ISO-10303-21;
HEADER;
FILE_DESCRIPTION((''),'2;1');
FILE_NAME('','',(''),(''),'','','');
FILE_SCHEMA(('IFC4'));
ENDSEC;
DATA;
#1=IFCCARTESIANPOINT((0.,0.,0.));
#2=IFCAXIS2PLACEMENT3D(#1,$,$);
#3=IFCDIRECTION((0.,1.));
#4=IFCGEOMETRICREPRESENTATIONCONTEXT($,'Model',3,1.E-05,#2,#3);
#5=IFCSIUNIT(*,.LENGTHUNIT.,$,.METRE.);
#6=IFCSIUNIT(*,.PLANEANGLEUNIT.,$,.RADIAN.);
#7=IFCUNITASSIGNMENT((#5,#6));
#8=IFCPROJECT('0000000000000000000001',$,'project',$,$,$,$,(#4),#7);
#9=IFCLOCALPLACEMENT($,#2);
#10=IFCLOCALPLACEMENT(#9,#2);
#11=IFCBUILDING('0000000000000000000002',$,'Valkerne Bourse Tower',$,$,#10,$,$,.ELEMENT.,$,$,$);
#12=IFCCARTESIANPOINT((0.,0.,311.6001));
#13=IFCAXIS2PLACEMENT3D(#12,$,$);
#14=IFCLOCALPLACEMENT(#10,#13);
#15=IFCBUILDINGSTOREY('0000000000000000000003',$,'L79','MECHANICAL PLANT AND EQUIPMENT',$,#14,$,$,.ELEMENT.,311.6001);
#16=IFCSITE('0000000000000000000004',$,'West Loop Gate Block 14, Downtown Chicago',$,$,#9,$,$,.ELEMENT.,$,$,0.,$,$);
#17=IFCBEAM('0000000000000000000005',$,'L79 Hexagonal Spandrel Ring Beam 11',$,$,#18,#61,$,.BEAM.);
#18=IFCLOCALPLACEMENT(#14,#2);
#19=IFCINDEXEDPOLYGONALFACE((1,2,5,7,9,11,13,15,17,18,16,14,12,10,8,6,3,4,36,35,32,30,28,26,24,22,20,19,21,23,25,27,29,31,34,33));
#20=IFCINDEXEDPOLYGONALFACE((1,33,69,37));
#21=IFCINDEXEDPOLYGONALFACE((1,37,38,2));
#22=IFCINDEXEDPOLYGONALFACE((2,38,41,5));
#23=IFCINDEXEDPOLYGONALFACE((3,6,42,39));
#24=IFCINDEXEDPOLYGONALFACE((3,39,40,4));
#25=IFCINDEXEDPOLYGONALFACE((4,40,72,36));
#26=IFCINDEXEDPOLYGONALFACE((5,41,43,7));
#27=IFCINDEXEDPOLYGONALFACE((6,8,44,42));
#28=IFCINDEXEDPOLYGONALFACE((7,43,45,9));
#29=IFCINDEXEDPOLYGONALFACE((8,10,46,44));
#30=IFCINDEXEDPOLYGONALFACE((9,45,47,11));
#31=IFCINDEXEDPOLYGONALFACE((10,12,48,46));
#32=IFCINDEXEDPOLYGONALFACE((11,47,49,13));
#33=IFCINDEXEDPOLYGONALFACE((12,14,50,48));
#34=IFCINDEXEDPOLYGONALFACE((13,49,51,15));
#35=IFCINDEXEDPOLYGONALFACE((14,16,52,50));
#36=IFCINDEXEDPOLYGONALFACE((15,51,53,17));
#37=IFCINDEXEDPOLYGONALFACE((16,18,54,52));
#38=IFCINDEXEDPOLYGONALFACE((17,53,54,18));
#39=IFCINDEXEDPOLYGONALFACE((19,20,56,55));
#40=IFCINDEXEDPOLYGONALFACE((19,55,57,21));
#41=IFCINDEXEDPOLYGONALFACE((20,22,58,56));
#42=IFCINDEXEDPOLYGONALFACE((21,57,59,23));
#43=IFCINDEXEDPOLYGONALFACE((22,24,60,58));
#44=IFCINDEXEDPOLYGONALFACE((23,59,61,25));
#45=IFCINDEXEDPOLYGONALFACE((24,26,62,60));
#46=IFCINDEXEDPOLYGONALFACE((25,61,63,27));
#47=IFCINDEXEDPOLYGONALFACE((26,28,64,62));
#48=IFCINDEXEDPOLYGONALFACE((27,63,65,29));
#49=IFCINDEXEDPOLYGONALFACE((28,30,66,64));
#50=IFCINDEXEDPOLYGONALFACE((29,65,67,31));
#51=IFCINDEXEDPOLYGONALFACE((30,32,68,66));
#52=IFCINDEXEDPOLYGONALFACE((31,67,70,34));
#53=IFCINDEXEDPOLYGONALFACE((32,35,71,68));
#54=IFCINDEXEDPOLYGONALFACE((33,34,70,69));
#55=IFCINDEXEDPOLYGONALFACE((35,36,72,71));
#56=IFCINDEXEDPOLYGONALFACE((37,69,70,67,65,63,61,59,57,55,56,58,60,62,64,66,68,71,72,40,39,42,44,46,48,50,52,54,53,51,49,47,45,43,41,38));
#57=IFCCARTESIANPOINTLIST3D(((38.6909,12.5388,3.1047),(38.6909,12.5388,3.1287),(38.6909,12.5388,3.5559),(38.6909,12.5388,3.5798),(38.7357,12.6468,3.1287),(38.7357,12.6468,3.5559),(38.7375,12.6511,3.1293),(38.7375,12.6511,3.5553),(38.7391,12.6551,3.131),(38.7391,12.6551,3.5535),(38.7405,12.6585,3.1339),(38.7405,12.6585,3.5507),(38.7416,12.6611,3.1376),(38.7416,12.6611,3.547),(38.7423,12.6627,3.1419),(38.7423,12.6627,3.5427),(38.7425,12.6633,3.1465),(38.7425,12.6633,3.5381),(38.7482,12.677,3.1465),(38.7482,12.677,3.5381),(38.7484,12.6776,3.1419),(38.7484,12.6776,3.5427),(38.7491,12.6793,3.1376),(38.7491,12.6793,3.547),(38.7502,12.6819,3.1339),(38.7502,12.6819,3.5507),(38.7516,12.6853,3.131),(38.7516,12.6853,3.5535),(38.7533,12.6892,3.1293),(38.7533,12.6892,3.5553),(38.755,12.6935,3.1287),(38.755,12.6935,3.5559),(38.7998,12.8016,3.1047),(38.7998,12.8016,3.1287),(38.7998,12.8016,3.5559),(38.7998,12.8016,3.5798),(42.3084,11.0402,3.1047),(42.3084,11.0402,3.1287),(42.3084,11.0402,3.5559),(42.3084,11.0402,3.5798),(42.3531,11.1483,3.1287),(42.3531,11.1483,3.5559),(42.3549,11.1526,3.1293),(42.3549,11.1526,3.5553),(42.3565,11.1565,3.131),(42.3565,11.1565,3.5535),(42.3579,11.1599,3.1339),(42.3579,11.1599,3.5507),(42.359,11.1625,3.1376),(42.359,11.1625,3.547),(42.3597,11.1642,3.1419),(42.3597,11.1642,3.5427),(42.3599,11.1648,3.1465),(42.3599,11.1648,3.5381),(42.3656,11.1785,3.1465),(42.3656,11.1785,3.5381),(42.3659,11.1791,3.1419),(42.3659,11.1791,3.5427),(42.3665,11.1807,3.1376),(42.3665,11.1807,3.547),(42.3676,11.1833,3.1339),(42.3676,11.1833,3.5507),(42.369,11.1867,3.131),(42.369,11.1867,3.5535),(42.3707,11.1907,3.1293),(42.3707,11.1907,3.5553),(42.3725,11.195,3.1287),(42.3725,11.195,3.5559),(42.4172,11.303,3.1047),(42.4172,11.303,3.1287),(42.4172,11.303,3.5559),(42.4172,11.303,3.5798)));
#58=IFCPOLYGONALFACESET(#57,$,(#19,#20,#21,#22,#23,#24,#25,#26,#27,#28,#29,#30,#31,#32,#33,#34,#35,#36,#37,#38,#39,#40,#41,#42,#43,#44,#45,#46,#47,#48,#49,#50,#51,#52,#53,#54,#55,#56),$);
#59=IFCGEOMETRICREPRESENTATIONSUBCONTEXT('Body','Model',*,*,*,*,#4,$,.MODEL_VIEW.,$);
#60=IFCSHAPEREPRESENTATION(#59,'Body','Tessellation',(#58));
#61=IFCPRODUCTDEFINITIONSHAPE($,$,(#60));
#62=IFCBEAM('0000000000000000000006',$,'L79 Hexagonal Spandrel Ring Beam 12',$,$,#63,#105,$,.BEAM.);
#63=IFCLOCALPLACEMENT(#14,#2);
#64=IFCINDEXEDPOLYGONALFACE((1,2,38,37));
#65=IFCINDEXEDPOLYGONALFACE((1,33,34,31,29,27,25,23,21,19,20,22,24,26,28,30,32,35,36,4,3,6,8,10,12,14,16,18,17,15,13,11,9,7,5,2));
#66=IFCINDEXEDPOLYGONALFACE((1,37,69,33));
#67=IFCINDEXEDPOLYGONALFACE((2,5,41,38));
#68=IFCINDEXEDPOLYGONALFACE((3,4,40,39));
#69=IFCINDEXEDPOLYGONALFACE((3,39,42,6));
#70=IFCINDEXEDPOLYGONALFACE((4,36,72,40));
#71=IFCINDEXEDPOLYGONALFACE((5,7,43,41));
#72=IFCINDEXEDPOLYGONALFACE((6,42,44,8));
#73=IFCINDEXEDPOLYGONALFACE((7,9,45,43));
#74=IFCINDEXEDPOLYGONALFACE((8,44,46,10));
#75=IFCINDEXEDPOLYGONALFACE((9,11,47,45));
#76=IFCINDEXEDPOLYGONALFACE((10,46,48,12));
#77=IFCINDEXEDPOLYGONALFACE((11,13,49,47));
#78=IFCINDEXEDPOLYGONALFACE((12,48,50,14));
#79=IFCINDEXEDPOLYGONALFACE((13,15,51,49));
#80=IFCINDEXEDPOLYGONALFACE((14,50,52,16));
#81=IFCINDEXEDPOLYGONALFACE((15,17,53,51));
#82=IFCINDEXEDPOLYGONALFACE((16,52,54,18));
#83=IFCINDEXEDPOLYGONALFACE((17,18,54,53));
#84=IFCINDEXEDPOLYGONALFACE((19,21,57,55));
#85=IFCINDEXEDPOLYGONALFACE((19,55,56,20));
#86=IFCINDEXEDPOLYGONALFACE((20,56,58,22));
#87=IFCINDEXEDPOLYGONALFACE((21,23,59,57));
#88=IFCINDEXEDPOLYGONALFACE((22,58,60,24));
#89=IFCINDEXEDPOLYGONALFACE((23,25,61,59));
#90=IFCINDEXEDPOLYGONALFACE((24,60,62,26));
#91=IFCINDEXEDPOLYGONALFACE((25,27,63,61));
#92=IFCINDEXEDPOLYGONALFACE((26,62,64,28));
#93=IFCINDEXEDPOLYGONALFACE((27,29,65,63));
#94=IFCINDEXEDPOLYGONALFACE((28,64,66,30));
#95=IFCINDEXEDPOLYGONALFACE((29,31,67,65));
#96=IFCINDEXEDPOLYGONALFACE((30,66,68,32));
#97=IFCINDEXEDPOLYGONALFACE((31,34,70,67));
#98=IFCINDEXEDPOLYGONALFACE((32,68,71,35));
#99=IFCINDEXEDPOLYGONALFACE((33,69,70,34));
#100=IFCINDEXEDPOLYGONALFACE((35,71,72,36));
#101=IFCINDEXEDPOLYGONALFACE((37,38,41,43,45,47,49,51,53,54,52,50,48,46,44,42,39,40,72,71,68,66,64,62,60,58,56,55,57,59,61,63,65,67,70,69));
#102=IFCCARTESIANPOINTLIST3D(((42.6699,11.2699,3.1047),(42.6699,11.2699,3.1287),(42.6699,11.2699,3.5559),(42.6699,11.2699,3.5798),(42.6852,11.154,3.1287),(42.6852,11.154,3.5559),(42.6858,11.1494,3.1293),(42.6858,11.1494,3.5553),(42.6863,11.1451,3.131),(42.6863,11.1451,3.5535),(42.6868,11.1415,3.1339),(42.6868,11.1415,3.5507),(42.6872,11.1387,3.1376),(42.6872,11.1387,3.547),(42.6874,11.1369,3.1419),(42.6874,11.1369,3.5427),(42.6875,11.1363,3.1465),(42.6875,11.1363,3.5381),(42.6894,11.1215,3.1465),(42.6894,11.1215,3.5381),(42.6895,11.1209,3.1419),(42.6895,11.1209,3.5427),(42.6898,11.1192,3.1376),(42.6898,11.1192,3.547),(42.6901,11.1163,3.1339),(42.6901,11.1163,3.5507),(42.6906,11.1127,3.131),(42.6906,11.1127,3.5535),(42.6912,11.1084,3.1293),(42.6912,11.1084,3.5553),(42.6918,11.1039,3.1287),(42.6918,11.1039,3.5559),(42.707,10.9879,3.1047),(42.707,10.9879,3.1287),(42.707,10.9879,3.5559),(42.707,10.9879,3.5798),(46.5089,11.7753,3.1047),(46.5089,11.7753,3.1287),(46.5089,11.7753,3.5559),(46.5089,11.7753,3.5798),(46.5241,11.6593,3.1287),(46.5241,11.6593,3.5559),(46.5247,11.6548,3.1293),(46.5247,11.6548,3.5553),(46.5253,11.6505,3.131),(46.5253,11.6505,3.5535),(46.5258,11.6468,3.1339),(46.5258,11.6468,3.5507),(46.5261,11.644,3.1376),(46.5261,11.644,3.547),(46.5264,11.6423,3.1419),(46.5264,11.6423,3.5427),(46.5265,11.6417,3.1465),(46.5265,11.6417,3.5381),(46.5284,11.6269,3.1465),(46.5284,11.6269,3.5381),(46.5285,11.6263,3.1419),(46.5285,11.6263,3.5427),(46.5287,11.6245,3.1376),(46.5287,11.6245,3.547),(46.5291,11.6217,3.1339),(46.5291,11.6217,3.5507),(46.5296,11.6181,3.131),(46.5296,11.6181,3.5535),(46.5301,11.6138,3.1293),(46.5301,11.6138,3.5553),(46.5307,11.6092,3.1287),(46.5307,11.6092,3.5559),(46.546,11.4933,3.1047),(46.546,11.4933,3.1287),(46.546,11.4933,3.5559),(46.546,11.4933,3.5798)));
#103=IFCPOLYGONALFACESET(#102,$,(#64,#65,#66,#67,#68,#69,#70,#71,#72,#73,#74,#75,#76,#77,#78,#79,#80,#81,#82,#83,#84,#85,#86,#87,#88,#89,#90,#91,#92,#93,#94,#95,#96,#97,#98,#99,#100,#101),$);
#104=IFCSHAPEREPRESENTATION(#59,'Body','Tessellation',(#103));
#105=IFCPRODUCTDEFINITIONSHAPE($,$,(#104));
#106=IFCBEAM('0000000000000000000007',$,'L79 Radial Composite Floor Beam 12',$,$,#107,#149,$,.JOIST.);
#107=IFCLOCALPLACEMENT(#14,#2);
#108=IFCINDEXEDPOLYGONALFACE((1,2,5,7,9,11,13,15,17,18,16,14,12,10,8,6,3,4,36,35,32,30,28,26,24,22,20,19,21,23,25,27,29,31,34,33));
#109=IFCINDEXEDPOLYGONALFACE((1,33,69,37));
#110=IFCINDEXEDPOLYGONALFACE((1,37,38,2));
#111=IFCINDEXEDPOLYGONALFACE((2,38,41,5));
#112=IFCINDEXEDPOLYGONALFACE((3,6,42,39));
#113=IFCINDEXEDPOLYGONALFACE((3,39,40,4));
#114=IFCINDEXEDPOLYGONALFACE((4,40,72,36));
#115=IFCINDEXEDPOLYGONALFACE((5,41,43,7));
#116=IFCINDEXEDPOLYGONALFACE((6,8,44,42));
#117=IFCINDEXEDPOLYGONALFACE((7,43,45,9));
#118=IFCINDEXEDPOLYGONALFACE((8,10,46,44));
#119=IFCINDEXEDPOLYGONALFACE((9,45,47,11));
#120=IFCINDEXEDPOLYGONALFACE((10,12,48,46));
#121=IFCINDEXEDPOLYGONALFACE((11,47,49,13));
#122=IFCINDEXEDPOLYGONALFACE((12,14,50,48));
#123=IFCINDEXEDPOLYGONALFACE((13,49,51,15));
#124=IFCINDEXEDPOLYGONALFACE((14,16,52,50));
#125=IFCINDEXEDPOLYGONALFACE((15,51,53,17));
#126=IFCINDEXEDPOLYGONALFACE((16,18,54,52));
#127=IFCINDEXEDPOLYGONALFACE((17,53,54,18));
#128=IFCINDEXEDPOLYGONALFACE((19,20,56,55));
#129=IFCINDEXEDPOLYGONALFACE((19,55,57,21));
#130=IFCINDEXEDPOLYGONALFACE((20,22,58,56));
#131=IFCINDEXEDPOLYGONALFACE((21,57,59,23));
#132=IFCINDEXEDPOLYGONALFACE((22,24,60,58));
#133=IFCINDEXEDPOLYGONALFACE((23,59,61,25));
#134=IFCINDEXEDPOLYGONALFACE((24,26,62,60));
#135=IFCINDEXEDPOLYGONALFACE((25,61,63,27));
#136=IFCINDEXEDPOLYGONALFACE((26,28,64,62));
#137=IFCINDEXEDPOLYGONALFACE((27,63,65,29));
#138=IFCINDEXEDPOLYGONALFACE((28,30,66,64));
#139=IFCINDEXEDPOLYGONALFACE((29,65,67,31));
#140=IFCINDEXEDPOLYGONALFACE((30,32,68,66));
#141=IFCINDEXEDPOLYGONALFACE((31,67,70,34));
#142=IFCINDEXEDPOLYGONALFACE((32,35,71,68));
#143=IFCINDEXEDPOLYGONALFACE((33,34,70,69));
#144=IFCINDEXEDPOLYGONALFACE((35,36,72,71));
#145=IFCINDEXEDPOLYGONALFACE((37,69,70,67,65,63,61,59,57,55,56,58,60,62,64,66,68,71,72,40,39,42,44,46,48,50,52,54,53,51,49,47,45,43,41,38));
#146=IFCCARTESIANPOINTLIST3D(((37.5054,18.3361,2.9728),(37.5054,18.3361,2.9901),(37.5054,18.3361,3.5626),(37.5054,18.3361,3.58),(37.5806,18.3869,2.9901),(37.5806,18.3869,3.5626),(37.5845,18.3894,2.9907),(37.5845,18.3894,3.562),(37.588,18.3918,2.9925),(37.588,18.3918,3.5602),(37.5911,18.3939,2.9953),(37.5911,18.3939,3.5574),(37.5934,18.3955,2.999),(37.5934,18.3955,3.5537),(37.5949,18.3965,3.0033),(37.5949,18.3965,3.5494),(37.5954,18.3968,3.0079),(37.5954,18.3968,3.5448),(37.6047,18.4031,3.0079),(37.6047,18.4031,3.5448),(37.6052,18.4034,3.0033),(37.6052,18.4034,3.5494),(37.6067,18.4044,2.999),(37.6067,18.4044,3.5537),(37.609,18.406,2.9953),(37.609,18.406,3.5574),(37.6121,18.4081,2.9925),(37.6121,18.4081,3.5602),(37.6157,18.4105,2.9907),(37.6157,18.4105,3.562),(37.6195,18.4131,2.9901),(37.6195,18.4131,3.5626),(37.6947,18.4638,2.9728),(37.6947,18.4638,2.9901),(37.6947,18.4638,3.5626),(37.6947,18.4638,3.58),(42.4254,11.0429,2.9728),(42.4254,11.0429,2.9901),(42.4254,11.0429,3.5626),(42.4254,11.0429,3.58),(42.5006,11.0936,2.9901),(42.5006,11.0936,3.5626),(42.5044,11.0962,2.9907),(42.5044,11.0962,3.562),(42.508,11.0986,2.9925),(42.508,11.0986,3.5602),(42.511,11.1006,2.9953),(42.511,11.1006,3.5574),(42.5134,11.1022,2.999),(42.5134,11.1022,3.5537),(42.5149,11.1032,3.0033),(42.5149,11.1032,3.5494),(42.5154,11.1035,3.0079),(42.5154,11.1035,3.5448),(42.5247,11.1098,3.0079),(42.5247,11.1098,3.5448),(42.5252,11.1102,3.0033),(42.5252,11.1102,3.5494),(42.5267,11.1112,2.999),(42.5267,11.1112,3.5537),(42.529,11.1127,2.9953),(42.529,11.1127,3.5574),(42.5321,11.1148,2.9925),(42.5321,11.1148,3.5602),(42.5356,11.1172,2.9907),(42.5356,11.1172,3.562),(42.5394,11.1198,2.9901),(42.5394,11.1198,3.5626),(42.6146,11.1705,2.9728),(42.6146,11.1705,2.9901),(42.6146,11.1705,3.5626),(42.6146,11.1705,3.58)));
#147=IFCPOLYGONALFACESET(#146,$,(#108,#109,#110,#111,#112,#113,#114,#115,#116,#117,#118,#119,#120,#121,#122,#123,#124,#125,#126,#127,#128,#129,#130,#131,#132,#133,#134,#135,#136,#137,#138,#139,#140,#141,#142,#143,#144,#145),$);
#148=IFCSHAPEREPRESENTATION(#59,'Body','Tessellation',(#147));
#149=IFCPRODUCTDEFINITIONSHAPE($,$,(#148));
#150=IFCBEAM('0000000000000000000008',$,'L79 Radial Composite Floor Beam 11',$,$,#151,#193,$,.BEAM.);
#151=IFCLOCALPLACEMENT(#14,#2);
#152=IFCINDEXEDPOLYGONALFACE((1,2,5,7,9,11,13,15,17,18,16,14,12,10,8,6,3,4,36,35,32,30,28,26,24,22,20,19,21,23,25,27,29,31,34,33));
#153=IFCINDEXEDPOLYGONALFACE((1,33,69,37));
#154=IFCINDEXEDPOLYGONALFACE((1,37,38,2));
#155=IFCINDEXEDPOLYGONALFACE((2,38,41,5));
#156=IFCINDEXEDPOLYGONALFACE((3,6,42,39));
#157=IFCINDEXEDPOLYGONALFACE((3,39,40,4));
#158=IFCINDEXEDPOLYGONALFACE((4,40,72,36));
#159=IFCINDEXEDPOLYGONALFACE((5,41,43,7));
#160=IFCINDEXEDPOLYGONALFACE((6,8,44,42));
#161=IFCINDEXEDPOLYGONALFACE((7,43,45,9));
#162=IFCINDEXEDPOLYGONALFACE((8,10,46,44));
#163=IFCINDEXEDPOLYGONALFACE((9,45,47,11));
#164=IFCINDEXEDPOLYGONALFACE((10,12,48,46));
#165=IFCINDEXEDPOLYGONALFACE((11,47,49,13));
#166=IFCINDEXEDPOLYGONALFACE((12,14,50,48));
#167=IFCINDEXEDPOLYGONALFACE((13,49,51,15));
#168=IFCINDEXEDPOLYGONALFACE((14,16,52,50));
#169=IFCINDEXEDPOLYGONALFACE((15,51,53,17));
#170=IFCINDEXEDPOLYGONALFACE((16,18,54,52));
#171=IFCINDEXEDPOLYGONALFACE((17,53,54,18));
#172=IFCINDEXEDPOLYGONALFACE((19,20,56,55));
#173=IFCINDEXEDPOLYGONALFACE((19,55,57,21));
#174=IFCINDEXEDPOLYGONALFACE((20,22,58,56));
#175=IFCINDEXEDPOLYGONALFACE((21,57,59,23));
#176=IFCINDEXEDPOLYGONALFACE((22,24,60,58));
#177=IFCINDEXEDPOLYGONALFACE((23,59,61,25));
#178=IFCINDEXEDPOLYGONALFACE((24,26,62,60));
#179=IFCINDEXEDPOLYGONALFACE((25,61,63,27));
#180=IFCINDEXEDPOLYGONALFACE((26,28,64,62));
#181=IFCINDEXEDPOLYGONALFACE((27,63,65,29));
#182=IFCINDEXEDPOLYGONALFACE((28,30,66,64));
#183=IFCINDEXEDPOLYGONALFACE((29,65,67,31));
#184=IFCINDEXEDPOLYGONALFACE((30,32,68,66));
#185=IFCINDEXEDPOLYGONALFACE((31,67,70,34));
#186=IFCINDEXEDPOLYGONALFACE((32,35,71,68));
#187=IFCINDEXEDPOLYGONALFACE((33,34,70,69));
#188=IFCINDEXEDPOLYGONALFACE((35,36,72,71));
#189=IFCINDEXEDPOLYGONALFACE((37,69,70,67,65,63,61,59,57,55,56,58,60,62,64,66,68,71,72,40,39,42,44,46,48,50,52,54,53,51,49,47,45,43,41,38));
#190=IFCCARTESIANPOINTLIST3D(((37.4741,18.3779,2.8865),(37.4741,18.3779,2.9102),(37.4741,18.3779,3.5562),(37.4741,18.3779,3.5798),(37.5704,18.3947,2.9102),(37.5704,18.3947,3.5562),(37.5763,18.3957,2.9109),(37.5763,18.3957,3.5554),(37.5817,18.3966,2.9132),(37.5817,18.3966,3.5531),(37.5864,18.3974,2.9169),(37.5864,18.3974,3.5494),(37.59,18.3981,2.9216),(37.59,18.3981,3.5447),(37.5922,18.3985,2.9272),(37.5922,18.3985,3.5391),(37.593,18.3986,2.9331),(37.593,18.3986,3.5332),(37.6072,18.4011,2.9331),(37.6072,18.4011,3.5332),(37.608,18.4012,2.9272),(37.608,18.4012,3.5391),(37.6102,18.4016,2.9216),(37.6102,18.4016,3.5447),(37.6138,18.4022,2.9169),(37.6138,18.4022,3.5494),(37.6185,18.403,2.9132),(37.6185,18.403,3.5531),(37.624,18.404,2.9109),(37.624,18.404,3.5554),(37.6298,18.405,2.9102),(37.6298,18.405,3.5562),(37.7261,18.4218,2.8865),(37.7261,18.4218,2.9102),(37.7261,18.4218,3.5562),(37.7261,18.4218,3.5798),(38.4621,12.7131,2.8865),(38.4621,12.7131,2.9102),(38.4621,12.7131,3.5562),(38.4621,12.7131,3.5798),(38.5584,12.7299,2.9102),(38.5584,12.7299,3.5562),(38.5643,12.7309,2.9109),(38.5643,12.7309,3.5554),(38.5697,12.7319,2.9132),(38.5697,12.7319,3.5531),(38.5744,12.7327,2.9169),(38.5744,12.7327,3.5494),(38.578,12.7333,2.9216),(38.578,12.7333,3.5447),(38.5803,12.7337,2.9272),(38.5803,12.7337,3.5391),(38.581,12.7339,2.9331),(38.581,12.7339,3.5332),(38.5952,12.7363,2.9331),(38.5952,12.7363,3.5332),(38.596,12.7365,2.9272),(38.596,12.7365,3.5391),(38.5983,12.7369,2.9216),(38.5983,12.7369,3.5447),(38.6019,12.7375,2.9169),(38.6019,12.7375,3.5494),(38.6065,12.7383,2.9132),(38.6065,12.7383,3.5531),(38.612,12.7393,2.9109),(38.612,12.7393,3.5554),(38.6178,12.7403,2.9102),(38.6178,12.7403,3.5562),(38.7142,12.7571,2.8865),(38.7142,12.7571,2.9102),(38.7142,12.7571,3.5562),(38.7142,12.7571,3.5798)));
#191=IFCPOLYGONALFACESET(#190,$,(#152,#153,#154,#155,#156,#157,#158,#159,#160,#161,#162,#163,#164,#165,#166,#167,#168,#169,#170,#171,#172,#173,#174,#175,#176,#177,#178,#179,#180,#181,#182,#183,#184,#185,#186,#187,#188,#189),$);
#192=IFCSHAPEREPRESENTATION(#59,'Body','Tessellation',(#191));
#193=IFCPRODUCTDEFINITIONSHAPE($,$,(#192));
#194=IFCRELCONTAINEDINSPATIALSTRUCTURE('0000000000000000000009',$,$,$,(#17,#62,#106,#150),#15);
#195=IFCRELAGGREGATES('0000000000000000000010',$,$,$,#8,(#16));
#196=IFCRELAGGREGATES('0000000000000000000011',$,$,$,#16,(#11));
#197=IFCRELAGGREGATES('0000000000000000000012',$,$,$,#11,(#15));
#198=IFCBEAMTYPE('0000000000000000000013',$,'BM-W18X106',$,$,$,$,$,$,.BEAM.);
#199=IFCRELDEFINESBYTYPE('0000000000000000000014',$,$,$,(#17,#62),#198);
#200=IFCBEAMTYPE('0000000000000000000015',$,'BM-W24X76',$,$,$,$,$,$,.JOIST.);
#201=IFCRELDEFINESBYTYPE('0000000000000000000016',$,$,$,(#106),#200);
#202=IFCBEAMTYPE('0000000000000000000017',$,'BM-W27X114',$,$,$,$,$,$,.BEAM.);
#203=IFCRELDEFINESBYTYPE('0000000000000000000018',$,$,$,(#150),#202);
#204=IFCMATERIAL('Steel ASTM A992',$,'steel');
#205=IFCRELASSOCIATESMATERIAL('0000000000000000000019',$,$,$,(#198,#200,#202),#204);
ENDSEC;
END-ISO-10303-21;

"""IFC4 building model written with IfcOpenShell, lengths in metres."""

from ifc_helpers import new_model, si_unit, direction, frame, origin, origin_2d, place, context, subcontext, project, spatial, i_section, extrude, material, material_profile, profile_set, type_object, element, save


model = new_model("IFC4")

# Units and contexts
model_context = context("Model", 3, precision=1e-05, world=origin(), true_north=direction((0.0, 1.0)))
body_context = subcontext(model_context, "Body", "Model", "MODEL_VIEW")
ifc_project = project(units=[si_unit("LENGTHUNIT", "METRE"), si_unit("PLANEANGLEUNIT", "RADIAN")], contexts=[model_context])

# Site, building, storey
site_placement = place(None, origin())
site = spatial("IfcSite", under=ifc_project, at=site_placement, Name="West Loop Gate Block 14, Downtown Chicago", CompositionType="ELEMENT", RefElevation=0.0)
building_placement = place(site_placement, origin())
building = spatial("IfcBuilding", under=site, at=building_placement, Name="Valkerne Bourse Tower", CompositionType="ELEMENT")
storey_placement = place(building_placement, frame((0.0, 0.0, 311.6001)))
storey = spatial("IfcBuildingStorey", under=building, at=storey_placement, Name="L79", Description="MECHANICAL PLANT AND EQUIPMENT", CompositionType="ELEMENT", Elevation=311.6001)

# Beams
ifc_material_1 = material(Name="Steel ASTM A992", Category="steel")
ifc_material_profile_1 = material_profile(ifc_material_1, i_section(OverallWidth=0.2844, OverallDepth=0.4751, WebThickness=0.0149, FlangeThickness=0.0239, FilletRadius=0.0178, at=origin_2d()), Name="W18X106")
ifc_profile_set_1 = profile_set([ifc_material_profile_1], Name="Steel ASTM A992")
beam_type_1 = type_object("IfcBeamType", Name="BM-W18X106", PredefinedType="BEAM", material=ifc_profile_set_1)
beam_1_placement = place(storey_placement, frame((38.7454, 12.6702, 3.3423), z_axis=(0.923866, -0.382715, 0.0), x_axis=(0.382715, 0.923866, 0.0)))
element("IfcBeam", 1, at=beam_1_placement, inside=storey, type_object=beam_type_1, Name="L79 Hexagonal Spandrel Ring Beam 11", PredefinedType="BEAM", context=body_context, shape_type="SweptSolid", body=[
    extrude(i_section(OverallWidth=0.2844, OverallDepth=0.4751, WebThickness=0.0149, FlangeThickness=0.0239, FilletRadius=0.0178, at=origin_2d()), origin(), (0.0, 0.0, 1.0), 3.9155),
])
beam_2_placement = place(storey_placement, frame((42.6885, 11.1289, 3.3423), z_axis=(0.991446, 0.13052, 0.0), x_axis=(-0.13052, 0.991446, 0.0)))
element("IfcBeam", 2, at=beam_2_placement, inside=storey, type_object=beam_type_1, Name="L79 Hexagonal Spandrel Ring Beam 12", PredefinedType="BEAM", context=body_context, shape_type="SweptSolid", body=[
    extrude(i_section(OverallWidth=0.2844, OverallDepth=0.4751, WebThickness=0.0149, FlangeThickness=0.0239, FilletRadius=0.0178, at=origin_2d()), origin(), (0.0, 0.0, 1.0), 3.8721),
])
ifc_material_profile_2 = material_profile(ifc_material_1, i_section(OverallWidth=0.2283, OverallDepth=0.6072, WebThickness=0.0112, FlangeThickness=0.0173, FilletRadius=0.0178, at=origin_2d()), Name="W24X76")
ifc_profile_set_2 = profile_set([ifc_material_profile_2], Name="Steel ASTM A992")
beam_type_2 = type_object("IfcBeamType", Name="BM-W24X76", PredefinedType="JOIST", material=ifc_profile_set_2)
beam_3_placement = place(storey_placement, frame((42.52, 11.1067, 3.2764), z_axis=(-0.559239, 0.829007, 0.0), x_axis=(-0.829007, -0.559239, 0.0)))
element("IfcBeam", 3, at=beam_3_placement, inside=storey, type_object=beam_type_2, Name="L79 Radial Composite Floor Beam 12", PredefinedType="JOIST", context=body_context, shape_type="SweptSolid", body=[
    extrude(i_section(OverallWidth=0.2283, OverallDepth=0.6072, WebThickness=0.0112, FlangeThickness=0.0173, FilletRadius=0.0178, at=origin_2d()), origin(), (0.0, 0.0, 1.0), 8.7976),
])
ifc_material_profile_3 = material_profile(ifc_material_1, i_section(OverallWidth=0.2559, OverallDepth=0.6934, WebThickness=0.0144, FlangeThickness=0.0237, FilletRadius=0.0229, at=origin_2d()), Name="W27X114")
ifc_profile_set_3 = profile_set([ifc_material_profile_3], Name="Steel ASTM A992")
beam_type_3 = type_object("IfcBeamType", Name="BM-W27X114", PredefinedType="BEAM", material=ifc_profile_set_3)
beam_4_placement = place(storey_placement, frame((38.5881, 12.7351, 3.2332), z_axis=(-0.171823, 0.985128, 0.0), x_axis=(-0.985128, -0.171823, 0.0)))
element("IfcBeam", 4, at=beam_4_placement, inside=storey, type_object=beam_type_3, Name="L79 Radial Composite Floor Beam 11", PredefinedType="BEAM", context=body_context, shape_type="SweptSolid", body=[
    extrude(i_section(OverallWidth=0.2559, OverallDepth=0.6934, WebThickness=0.0144, FlangeThickness=0.0237, FilletRadius=0.0229, at=origin_2d()), origin(), (0.0, 0.0, 1.0), 5.7502),
])

save(model, "model.ifc")
